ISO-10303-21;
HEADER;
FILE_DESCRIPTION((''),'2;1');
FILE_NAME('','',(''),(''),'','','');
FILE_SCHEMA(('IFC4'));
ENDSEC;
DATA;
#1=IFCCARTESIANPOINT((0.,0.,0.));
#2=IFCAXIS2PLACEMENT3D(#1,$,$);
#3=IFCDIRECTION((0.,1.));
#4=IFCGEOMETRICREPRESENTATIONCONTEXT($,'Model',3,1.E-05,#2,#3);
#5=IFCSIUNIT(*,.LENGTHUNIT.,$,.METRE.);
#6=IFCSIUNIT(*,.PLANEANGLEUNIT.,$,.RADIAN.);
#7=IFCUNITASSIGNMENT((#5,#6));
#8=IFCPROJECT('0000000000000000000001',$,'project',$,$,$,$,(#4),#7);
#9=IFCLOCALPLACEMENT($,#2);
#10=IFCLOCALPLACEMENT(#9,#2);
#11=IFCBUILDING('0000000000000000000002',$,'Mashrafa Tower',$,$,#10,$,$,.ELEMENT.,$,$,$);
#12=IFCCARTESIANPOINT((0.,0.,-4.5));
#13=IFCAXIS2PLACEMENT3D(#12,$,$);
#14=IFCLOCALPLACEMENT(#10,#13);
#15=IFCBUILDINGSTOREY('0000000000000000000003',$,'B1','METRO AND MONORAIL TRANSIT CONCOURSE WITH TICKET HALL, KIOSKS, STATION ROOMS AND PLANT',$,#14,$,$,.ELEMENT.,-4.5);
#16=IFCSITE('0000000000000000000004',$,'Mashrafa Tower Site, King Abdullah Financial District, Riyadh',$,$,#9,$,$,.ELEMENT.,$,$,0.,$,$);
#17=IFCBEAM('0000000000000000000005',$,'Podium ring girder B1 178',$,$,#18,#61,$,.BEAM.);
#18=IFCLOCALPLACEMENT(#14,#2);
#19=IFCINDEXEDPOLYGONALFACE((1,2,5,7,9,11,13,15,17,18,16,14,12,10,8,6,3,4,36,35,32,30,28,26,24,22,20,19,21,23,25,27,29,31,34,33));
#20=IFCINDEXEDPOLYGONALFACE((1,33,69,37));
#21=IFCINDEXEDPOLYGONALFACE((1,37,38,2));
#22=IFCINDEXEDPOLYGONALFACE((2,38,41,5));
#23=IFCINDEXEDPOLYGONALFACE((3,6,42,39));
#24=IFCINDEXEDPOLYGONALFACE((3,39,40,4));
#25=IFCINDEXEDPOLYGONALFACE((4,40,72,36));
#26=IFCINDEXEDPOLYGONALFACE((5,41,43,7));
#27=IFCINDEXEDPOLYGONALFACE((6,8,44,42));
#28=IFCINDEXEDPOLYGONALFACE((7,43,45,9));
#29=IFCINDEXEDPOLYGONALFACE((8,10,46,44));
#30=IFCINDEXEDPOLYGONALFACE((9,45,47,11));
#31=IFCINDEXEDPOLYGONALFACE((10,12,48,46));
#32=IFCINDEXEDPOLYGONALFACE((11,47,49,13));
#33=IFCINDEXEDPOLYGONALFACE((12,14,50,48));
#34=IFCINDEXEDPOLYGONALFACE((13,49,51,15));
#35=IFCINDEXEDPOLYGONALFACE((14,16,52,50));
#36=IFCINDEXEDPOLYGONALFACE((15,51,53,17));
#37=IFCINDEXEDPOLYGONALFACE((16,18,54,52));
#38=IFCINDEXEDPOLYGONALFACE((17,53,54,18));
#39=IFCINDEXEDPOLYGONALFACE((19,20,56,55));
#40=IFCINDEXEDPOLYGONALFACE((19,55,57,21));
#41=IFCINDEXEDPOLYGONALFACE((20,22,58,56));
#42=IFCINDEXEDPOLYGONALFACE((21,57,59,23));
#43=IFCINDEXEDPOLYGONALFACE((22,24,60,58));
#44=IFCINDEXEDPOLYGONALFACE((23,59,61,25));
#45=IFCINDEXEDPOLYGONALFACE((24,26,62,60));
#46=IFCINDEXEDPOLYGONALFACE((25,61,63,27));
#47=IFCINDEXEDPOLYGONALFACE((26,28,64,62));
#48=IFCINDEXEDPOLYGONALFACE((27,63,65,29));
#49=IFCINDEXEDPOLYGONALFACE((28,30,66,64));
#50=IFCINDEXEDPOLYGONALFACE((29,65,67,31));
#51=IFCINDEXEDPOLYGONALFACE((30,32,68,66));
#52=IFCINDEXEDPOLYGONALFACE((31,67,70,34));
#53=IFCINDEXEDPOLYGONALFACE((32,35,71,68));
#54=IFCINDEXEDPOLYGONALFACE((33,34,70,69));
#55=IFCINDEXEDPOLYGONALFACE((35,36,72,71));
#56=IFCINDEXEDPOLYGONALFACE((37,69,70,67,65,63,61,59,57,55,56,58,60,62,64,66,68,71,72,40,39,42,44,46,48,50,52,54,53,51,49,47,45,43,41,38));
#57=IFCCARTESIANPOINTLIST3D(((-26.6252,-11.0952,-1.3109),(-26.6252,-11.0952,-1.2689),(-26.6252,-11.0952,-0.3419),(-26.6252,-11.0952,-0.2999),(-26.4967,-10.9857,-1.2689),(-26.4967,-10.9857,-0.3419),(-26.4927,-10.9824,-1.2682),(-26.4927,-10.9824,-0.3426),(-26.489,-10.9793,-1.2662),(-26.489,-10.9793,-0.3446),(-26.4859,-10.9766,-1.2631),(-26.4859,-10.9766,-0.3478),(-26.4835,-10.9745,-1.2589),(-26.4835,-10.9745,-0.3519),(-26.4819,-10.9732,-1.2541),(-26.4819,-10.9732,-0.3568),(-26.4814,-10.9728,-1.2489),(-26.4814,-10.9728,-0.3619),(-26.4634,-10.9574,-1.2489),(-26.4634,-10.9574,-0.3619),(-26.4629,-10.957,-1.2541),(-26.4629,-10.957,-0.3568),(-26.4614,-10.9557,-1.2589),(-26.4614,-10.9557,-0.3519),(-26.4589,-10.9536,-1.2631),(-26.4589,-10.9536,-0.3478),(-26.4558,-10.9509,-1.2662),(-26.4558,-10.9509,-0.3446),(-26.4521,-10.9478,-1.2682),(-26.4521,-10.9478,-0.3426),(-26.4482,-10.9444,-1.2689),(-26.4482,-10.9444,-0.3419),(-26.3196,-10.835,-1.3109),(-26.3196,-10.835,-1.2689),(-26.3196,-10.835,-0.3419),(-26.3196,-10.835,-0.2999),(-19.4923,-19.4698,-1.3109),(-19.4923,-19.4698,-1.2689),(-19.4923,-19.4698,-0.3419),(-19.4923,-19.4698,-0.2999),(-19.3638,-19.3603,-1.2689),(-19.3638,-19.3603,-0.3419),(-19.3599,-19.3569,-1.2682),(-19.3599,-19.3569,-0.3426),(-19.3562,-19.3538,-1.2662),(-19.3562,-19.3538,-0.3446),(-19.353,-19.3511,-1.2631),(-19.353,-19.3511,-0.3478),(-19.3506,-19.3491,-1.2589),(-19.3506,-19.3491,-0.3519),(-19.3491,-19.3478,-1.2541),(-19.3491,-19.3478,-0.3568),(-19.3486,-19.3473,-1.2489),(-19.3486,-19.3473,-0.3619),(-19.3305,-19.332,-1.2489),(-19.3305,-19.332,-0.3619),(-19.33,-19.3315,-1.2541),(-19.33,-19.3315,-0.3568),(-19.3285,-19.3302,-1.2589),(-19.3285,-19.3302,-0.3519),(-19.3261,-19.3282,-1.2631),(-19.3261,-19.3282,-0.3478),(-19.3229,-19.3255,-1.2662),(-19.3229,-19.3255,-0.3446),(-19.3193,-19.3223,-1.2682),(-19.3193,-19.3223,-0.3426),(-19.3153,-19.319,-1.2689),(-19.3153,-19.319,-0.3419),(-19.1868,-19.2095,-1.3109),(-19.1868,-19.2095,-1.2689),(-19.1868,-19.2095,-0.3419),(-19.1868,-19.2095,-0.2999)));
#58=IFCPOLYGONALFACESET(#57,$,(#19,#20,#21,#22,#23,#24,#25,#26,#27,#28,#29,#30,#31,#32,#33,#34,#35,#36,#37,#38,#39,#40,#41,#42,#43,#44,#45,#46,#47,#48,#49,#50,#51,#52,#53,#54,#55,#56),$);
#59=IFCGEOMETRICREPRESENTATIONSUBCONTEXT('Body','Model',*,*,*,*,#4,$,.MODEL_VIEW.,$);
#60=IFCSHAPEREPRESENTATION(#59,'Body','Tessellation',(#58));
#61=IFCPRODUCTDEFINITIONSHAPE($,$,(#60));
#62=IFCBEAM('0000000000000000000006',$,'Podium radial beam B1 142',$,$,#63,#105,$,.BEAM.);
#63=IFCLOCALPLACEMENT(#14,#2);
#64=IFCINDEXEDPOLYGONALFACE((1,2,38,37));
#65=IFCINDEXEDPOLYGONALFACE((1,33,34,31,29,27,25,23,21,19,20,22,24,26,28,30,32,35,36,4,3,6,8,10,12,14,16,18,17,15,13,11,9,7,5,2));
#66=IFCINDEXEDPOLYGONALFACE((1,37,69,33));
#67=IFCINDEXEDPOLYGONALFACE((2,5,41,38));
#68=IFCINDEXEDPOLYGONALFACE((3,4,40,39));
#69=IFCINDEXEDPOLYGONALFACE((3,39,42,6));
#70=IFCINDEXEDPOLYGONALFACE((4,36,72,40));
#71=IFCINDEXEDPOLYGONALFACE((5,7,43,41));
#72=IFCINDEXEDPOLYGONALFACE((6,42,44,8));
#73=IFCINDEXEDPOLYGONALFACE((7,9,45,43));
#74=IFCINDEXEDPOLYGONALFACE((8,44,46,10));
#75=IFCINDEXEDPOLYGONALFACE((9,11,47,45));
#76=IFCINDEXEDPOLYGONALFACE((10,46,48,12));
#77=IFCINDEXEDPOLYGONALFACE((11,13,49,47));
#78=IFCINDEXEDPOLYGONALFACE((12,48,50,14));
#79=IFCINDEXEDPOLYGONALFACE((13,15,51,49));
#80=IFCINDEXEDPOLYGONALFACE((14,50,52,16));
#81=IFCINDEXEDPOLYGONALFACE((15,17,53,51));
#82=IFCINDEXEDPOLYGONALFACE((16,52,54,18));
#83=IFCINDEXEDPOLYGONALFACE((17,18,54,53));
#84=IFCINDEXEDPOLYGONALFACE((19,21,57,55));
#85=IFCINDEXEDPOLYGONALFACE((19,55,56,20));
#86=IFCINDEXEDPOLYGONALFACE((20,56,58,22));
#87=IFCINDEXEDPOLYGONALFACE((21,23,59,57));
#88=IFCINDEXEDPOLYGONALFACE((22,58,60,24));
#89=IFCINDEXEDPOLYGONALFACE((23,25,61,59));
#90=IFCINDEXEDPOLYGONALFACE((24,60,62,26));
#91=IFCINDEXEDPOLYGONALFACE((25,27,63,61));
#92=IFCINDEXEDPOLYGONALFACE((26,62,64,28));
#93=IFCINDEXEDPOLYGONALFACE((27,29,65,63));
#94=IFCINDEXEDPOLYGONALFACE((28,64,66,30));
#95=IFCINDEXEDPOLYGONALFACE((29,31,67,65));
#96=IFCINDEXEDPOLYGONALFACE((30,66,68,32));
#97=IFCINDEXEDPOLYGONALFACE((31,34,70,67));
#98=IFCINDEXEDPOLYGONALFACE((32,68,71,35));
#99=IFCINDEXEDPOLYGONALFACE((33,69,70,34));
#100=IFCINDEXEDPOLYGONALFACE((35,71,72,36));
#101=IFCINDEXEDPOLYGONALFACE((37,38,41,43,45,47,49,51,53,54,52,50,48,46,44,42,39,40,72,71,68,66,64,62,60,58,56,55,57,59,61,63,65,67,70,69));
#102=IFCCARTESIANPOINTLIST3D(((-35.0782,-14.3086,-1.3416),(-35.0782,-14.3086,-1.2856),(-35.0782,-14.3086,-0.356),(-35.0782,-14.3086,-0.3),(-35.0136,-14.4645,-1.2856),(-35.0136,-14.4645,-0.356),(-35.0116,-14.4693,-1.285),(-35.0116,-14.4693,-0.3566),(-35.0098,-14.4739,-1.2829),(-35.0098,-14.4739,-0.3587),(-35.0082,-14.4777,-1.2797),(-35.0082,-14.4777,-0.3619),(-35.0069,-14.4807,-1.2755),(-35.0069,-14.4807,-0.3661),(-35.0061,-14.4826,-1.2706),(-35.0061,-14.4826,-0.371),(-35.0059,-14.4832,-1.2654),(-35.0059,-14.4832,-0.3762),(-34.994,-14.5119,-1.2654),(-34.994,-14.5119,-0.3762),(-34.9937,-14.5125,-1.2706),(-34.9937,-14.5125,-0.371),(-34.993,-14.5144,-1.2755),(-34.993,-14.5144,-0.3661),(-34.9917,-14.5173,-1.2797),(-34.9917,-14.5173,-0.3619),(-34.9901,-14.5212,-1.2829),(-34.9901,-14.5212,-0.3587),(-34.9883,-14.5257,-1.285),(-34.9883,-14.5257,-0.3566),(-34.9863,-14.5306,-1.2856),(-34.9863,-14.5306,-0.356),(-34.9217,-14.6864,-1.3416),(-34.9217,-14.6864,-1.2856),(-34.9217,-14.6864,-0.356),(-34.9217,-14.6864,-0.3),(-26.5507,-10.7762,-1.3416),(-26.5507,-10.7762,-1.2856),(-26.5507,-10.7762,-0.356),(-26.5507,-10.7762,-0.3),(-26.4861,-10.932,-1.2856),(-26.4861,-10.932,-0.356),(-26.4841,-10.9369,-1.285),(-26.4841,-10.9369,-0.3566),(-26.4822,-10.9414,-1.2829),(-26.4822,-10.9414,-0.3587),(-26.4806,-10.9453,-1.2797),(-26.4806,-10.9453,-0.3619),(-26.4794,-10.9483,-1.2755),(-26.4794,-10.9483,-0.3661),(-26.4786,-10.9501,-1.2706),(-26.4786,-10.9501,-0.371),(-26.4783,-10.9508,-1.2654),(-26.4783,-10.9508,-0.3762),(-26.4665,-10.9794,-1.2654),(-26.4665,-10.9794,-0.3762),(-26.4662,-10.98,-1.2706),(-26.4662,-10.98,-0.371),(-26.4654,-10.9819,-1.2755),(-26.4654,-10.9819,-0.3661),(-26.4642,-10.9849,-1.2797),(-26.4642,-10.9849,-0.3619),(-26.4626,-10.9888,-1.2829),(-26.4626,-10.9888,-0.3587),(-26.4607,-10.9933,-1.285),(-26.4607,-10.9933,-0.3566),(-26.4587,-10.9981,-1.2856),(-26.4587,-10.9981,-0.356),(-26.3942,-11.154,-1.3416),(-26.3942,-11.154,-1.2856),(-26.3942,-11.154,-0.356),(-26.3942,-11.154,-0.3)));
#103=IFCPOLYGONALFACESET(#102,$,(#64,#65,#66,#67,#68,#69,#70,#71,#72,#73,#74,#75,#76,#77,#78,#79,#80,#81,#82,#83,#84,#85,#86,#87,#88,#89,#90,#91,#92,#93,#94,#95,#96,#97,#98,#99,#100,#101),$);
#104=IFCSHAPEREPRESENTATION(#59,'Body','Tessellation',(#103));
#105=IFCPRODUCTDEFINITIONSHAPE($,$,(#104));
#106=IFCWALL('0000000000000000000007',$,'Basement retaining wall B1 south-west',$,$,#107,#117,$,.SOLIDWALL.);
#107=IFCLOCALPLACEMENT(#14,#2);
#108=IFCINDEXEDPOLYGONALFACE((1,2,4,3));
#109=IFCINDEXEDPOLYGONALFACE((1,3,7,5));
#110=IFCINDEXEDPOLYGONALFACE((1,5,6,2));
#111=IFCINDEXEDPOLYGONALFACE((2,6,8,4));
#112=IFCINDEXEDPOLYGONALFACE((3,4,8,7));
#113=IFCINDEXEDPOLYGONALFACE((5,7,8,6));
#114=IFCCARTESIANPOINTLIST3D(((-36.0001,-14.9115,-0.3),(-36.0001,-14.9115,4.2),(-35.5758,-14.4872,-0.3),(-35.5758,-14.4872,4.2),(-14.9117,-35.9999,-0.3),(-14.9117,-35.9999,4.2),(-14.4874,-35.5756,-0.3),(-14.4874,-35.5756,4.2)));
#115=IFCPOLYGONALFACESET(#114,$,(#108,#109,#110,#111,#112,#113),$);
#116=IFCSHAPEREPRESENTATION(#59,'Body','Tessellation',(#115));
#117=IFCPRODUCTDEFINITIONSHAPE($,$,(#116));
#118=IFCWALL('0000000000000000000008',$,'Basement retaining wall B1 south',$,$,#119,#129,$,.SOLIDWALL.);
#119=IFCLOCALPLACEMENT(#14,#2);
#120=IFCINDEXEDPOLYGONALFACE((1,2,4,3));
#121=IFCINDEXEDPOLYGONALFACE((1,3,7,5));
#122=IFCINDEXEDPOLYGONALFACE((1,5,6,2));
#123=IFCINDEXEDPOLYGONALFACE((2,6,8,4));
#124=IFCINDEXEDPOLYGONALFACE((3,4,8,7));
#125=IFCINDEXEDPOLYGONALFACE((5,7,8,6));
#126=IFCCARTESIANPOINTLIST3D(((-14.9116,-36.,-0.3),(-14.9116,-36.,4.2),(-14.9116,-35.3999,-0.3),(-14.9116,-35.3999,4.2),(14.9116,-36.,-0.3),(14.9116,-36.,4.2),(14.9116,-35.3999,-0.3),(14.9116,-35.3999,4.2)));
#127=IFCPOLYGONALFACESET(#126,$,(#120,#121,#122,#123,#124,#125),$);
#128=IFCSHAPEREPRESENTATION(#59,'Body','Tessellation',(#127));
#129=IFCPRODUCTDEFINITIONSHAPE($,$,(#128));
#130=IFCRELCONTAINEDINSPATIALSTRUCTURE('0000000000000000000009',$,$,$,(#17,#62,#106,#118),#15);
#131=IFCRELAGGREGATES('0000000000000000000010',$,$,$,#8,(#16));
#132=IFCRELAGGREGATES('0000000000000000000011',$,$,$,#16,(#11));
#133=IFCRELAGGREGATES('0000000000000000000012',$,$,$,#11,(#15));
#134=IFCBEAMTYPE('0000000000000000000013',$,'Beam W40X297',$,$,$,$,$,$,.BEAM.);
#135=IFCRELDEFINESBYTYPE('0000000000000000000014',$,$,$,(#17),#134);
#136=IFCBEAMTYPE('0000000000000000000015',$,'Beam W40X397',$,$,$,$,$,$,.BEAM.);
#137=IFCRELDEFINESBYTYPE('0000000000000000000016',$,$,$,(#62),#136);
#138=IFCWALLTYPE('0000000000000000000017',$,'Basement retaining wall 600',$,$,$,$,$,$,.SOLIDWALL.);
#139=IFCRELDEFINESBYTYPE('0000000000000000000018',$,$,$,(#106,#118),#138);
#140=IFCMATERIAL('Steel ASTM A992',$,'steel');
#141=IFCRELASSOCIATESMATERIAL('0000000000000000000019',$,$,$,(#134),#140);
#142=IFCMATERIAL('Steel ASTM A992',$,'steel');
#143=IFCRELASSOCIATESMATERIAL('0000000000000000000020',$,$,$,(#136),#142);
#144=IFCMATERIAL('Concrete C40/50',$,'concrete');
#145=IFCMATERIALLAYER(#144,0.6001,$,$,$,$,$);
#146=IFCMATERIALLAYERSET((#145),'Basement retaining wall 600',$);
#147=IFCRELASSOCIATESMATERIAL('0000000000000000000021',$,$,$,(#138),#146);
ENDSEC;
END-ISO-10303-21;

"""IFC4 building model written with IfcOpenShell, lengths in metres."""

from ifc_helpers import new_model, si_unit, direction, frame, frame_2d, origin, origin_2d, place, context, subcontext, project, spatial, rectangle, i_section, extrude, material, layer, layer_set, material_profile, profile_set, type_object, element, save


model = new_model("IFC4")

# Units and contexts
model_context = context("Model", 3, precision=1e-05, world=origin(), true_north=direction((0.0, 1.0)))
body_context = subcontext(model_context, "Body", "Model", "MODEL_VIEW")
ifc_project = project(units=[si_unit("LENGTHUNIT", "METRE"), si_unit("PLANEANGLEUNIT", "RADIAN")], contexts=[model_context])

# Site, building, storey
site_placement = place(None, origin())
site = spatial("IfcSite", under=ifc_project, at=site_placement, Name="Mashrafa Tower Site, King Abdullah Financial District, Riyadh", CompositionType="ELEMENT", RefElevation=0.0)
building_placement = place(site_placement, origin())
building = spatial("IfcBuilding", under=site, at=building_placement, Name="Mashrafa Tower", CompositionType="ELEMENT")
storey_placement = place(building_placement, frame((0.0, 0.0, -4.5)))
storey = spatial("IfcBuildingStorey", under=building, at=storey_placement, Name="B1", Description="METRO AND MONORAIL TRANSIT CONCOURSE WITH TICKET HALL, KIOSKS, STATION ROOMS AND PLANT", CompositionType="ELEMENT", Elevation=-4.5)

# Beams
ifc_material_1 = material(Name="Steel ASTM A992", Category="steel")
ifc_material_profile_1 = material_profile(ifc_material_1, i_section(OverallWidth=0.4014, OverallDepth=1.011, WebThickness=0.0237, FlangeThickness=0.042, FilletRadius=0.02, at=origin_2d()), Name="W40X297")
ifc_profile_set_1 = profile_set([ifc_material_profile_1], Name="Steel ASTM A992")
beam_type_1 = type_object("IfcBeamType", Name="Beam W40X297", PredefinedType="BEAM", material=ifc_profile_set_1)
beam_1_placement = place(storey_placement, frame((-26.4724, -10.9651, -0.8054), z_axis=(0.648412, -0.761289, 0.0), x_axis=(0.761289, 0.648412, 0.0)))
element("IfcBeam", 1, at=beam_1_placement, inside=storey, type_object=beam_type_1, Name="Podium ring girder B1 178", PredefinedType="BEAM", context=body_context, shape_type="SweptSolid", body=[
    extrude(i_section(OverallWidth=0.4014, OverallDepth=1.011, WebThickness=0.0237, FlangeThickness=0.042, FilletRadius=0.02, at=origin_2d()), origin(), (0.0, 0.0, 1.0), 11.0005),
])
ifc_material_2 = material(Name="Steel ASTM A992", Category="steel")
ifc_material_profile_2 = material_profile(ifc_material_2, i_section(OverallWidth=0.4089, OverallDepth=1.0415, WebThickness=0.031, FlangeThickness=0.0559, FilletRadius=0.0203, at=origin_2d()), Name="W40X397")
ifc_profile_set_2 = profile_set([ifc_material_profile_2], Name="Steel ASTM A992")
beam_type_2 = type_object("IfcBeamType", Name="Beam W40X397", PredefinedType="BEAM", material=ifc_profile_set_2)
beam_2_placement = place(storey_placement, frame((-26.4724, -10.9651, -0.8208), z_axis=(-0.923871, -0.382705, 0.0), x_axis=(0.382705, -0.923871, 0.0)))
element("IfcBeam", 2, at=beam_2_placement, inside=storey, type_object=beam_type_2, Name="Podium radial beam B1 142", PredefinedType="BEAM", context=body_context, shape_type="SweptSolid", body=[
    extrude(i_section(OverallWidth=0.4089, OverallDepth=1.0415, WebThickness=0.031, FlangeThickness=0.0559, FilletRadius=0.0203, at=origin_2d()), origin(), (0.0, 0.0, 1.0), 9.2302),
])

# Walls
ifc_material_3 = material(Name="Concrete C40/50", Category="concrete")
ifc_layer = layer(ifc_material_3, 0.6001)
ifc_layer_set = layer_set([ifc_layer], Name="Basement retaining wall 600")
wall_type = type_object("IfcWallType", Name="Basement retaining wall 600", PredefinedType="SOLIDWALL", material=ifc_layer_set)
wall_1_placement = place(storey_placement, frame((-35.7878, -14.6995, -0.3), z_axis=(0.0, 0.0, 1.0), x_axis=(0.707107, -0.707107, 0.0)))
element("IfcWall", 3, at=wall_1_placement, inside=storey, type_object=wall_type, Name="Basement retaining wall B1 south-west", PredefinedType="SOLIDWALL", context=body_context, shape_type="SweptSolid", body=[
    extrude(rectangle(XDim=29.8235, YDim=0.6001, at=frame_2d((14.9116, 0.0))), origin(), (0.0, 0.0, 1.0), 4.5),
])
wall_2_placement = place(storey_placement, frame((-14.9116, -35.7, -0.3), z_axis=(0.0, 0.0, 1.0), x_axis=(1.0, 0.0, 0.0)))
element("IfcWall", 4, at=wall_2_placement, inside=storey, type_object=wall_type, Name="Basement retaining wall B1 south", PredefinedType="SOLIDWALL", context=body_context, shape_type="SweptSolid", body=[
    extrude(rectangle(XDim=29.8232, YDim=0.6001, at=frame_2d((14.9116, 0.0))), origin(), (0.0, 0.0, 1.0), 4.5),
])

save(model, "model.ifc")
